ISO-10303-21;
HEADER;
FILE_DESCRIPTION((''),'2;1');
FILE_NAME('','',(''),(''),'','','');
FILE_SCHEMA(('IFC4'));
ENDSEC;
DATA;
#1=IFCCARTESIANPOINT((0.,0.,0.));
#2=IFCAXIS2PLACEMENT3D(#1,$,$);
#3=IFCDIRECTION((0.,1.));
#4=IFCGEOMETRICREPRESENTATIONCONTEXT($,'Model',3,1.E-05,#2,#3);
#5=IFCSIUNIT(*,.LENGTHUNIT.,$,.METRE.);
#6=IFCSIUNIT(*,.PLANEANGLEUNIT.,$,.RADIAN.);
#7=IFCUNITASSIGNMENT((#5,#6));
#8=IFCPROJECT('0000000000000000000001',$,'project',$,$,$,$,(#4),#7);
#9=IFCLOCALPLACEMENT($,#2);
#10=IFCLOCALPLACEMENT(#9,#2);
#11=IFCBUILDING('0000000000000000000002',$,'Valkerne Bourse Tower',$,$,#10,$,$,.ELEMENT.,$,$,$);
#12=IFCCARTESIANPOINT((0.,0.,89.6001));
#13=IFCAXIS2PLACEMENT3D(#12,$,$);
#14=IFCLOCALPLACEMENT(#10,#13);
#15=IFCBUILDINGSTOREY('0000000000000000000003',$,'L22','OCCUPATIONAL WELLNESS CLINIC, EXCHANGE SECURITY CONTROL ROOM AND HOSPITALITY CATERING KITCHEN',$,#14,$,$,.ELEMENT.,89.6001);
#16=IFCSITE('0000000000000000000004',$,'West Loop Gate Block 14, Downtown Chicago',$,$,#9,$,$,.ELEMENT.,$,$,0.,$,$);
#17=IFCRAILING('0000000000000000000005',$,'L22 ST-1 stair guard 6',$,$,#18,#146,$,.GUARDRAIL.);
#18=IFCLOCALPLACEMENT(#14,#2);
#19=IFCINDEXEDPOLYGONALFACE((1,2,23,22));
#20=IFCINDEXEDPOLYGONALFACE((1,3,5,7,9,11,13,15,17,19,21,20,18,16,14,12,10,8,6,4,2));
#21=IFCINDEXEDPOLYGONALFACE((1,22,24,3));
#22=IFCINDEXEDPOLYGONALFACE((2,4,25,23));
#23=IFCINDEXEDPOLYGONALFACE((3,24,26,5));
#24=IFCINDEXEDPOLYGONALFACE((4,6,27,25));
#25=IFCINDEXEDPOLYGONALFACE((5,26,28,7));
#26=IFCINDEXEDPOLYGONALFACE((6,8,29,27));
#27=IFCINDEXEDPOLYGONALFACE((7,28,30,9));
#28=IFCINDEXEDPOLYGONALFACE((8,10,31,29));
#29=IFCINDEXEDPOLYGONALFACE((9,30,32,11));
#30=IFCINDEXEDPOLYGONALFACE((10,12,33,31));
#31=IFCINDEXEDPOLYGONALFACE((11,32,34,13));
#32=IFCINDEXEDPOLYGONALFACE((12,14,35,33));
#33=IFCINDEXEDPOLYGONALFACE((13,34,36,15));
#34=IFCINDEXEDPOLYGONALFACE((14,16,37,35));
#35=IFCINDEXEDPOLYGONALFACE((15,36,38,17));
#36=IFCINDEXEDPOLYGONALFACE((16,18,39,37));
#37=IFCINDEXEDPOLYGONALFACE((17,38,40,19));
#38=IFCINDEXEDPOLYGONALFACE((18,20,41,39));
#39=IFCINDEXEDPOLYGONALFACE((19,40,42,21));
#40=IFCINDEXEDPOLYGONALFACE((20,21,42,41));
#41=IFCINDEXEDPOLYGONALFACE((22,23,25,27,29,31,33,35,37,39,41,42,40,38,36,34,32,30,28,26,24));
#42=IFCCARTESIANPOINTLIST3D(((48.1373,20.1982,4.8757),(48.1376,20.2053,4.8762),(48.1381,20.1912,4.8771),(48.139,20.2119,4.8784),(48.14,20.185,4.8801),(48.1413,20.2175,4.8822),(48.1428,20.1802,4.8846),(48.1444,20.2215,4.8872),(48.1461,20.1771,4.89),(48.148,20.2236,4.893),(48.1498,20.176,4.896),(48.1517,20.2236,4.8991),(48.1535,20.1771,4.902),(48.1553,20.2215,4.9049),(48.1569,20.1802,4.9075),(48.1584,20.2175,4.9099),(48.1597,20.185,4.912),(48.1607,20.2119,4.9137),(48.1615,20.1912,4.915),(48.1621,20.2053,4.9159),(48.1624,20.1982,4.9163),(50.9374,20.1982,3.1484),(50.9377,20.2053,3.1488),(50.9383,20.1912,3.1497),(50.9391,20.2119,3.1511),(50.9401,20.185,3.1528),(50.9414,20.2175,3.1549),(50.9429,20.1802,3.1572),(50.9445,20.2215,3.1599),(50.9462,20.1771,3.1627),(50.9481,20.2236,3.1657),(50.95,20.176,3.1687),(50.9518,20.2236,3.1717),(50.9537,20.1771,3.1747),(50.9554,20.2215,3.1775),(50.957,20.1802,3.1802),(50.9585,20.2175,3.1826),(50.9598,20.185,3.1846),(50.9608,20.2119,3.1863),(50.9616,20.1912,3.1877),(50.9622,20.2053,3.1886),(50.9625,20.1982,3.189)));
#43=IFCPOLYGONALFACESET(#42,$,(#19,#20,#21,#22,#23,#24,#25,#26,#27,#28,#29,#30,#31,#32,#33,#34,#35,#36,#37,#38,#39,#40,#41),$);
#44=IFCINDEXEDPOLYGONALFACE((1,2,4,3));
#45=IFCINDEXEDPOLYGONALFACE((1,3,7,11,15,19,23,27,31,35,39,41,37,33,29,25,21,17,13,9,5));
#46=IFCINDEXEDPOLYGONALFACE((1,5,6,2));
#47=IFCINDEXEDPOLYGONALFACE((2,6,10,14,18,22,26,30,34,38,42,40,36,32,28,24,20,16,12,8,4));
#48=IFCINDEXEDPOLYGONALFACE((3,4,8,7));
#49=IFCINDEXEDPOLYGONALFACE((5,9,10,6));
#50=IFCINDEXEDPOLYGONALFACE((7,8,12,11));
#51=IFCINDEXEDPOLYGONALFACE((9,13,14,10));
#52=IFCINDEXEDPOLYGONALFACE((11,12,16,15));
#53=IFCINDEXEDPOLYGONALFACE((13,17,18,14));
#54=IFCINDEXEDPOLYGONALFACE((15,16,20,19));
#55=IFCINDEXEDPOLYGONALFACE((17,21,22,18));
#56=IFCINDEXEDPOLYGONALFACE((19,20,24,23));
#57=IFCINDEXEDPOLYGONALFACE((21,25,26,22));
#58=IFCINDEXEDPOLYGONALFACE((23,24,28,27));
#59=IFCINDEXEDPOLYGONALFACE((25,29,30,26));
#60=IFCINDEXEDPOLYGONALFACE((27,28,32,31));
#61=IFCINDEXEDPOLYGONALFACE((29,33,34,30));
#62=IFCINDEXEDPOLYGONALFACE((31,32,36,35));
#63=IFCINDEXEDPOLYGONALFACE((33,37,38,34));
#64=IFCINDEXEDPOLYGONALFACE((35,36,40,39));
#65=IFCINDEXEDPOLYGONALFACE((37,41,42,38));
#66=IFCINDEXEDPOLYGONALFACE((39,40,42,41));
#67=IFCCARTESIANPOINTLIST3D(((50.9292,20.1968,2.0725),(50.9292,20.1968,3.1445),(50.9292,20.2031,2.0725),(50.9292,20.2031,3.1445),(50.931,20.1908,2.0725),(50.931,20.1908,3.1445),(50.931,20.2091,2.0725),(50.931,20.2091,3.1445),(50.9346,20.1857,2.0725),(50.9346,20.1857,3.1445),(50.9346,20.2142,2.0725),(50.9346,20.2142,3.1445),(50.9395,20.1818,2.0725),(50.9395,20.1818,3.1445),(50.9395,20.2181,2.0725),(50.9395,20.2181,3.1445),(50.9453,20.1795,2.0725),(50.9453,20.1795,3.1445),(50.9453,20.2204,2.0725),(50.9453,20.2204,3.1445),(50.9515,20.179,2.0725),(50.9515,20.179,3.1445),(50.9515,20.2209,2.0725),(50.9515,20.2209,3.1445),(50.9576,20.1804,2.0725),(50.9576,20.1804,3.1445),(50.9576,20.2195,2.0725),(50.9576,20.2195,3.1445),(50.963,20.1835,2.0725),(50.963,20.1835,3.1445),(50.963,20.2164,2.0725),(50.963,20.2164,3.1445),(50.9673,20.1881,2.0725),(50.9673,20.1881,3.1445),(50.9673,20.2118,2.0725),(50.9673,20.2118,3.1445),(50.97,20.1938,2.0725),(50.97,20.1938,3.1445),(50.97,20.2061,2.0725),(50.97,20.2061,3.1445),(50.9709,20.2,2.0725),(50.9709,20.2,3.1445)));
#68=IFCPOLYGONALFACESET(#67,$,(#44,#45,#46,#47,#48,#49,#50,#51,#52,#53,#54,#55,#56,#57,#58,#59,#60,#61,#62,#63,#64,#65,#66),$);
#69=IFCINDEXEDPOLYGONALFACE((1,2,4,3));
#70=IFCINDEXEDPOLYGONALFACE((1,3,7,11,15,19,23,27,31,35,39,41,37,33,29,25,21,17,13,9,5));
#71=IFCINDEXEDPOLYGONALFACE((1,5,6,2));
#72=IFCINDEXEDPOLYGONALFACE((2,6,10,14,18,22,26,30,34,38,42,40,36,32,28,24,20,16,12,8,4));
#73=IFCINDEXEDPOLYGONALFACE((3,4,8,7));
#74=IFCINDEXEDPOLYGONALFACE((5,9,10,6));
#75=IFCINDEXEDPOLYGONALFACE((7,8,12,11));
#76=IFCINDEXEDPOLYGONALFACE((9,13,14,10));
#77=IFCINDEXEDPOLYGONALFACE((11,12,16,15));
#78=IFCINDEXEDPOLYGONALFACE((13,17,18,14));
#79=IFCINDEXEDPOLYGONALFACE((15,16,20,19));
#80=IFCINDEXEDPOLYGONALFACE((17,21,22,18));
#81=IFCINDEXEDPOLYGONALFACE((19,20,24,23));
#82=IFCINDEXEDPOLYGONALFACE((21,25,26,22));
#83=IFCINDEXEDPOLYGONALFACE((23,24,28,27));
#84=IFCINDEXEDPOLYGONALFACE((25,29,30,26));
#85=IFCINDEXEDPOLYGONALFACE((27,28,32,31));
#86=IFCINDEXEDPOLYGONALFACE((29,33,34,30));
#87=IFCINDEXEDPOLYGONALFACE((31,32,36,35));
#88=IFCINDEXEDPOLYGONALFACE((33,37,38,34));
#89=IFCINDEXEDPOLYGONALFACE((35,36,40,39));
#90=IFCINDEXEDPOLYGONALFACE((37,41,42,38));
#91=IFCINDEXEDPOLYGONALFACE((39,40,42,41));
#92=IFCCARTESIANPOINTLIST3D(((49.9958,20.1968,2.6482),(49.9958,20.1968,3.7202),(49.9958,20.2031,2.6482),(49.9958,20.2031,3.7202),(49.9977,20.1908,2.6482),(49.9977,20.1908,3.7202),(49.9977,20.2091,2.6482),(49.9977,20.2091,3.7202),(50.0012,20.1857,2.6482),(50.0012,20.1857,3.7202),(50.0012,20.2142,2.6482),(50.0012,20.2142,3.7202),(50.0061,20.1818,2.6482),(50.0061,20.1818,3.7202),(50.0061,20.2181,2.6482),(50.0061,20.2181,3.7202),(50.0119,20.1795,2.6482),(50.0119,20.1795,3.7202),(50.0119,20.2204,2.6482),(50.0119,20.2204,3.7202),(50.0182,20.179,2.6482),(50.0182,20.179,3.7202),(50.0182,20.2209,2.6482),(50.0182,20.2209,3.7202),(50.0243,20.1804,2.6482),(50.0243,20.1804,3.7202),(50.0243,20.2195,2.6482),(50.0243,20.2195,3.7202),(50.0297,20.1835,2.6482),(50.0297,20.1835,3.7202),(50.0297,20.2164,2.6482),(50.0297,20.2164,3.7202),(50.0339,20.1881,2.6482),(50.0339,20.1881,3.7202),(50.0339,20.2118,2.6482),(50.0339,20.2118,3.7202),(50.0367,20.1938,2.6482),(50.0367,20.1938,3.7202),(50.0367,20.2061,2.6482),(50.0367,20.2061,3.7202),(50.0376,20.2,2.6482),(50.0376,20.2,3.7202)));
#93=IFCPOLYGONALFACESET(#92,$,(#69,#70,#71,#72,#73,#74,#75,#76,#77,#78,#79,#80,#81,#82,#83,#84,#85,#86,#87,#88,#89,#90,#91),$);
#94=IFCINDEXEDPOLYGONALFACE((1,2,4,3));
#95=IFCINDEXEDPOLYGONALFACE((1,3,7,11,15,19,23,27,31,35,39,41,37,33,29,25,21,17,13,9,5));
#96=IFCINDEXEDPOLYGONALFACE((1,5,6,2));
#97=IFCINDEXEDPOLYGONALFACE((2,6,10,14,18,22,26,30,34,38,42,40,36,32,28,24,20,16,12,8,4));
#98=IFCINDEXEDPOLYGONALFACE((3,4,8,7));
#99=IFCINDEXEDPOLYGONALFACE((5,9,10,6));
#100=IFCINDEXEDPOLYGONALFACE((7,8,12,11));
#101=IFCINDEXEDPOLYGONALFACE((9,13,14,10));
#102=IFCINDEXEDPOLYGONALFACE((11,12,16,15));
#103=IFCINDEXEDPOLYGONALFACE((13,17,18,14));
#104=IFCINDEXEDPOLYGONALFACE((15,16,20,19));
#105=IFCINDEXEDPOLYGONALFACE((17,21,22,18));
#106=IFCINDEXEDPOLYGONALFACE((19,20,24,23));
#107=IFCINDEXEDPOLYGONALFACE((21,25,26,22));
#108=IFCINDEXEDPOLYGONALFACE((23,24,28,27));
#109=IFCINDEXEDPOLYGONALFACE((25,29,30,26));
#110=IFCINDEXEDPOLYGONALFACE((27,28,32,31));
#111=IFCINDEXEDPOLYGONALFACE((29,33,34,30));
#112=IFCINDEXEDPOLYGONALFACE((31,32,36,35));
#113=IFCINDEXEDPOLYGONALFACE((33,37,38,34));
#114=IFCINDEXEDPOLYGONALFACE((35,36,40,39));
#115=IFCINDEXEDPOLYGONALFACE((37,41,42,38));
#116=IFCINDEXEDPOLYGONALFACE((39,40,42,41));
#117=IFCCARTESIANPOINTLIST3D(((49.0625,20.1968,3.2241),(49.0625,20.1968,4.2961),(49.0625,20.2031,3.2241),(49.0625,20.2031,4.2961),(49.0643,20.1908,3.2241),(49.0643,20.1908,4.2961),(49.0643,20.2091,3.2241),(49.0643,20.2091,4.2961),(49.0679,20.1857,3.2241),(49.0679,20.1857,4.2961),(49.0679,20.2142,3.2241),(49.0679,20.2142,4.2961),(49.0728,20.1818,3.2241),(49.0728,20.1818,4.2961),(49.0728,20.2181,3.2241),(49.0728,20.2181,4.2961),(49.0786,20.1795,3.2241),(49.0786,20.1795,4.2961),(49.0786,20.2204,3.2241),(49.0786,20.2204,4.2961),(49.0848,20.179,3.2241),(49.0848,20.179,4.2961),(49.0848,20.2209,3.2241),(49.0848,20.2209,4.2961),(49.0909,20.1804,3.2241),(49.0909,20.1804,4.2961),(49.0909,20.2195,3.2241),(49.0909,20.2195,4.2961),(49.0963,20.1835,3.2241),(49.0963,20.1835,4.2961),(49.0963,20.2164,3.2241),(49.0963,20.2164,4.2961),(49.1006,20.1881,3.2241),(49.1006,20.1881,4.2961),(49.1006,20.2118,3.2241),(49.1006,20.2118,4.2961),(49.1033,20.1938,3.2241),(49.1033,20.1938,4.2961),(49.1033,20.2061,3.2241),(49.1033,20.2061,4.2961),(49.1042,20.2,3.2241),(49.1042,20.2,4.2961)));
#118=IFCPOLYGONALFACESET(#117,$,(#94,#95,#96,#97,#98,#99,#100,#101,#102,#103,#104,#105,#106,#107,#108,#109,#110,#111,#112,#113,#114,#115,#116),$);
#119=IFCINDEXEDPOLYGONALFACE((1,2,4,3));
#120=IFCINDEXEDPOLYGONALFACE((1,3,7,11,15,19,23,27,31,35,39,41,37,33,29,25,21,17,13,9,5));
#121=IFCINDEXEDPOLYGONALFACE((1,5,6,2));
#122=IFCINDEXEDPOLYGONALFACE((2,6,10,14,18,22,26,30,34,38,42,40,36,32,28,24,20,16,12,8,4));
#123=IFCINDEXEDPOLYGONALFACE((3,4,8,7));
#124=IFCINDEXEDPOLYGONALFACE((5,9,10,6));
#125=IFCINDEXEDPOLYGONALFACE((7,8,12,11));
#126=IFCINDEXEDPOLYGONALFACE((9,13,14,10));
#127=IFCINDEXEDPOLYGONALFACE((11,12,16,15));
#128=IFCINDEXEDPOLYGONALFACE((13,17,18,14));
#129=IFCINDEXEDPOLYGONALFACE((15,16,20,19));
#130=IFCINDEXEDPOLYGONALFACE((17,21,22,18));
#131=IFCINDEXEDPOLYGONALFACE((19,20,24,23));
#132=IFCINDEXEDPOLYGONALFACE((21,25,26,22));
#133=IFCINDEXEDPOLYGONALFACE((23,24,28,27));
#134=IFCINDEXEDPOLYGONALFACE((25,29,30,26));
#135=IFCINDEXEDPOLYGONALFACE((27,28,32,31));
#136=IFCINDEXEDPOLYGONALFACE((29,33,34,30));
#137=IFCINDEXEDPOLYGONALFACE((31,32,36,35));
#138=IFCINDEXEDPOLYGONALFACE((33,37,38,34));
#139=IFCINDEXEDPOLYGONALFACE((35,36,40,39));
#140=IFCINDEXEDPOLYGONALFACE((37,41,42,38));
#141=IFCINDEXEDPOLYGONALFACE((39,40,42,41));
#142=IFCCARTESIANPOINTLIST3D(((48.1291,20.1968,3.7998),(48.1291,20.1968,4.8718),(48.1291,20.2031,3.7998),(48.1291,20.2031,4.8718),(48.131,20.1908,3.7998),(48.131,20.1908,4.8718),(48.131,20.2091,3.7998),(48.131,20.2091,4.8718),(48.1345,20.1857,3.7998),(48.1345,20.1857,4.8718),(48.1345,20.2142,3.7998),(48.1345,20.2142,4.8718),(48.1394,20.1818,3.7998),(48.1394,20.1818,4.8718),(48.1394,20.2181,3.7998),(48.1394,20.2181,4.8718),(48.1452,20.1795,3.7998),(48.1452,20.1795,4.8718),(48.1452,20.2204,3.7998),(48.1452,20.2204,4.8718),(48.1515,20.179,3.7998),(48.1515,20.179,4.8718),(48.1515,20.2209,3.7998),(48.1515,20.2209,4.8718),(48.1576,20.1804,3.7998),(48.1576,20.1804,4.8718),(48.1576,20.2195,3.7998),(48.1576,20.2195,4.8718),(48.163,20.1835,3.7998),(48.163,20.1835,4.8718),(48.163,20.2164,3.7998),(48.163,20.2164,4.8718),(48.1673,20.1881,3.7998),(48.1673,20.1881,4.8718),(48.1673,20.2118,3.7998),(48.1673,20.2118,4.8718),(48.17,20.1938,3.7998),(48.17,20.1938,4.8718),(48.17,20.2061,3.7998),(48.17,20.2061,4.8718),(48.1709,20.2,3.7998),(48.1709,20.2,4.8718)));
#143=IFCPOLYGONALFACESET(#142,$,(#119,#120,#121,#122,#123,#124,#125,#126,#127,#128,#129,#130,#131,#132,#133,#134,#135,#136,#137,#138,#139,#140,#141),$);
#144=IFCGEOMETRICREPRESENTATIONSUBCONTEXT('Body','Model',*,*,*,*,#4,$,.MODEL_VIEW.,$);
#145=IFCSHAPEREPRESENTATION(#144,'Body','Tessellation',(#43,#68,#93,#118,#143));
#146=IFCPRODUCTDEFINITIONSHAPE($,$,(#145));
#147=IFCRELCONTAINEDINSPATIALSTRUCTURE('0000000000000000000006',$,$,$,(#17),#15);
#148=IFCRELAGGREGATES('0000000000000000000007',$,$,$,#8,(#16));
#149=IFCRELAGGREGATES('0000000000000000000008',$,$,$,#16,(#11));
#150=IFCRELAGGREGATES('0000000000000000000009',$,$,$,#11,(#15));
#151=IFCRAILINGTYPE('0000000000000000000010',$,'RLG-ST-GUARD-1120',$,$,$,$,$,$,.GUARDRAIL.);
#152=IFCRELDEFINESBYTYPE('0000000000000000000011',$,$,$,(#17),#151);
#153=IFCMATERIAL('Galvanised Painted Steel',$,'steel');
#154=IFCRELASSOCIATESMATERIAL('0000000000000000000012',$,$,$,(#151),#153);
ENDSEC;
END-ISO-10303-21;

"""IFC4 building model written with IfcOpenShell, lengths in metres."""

from ifc_helpers import new_model, si_unit, direction, frame, origin, origin_2d, place, context, subcontext, project, spatial, circle, extrude, material, type_object, element, save


model = new_model("IFC4")

# Units and contexts
model_context = context("Model", 3, precision=1e-05, world=origin(), true_north=direction((0.0, 1.0)))
body_context = subcontext(model_context, "Body", "Model", "MODEL_VIEW")
ifc_project = project(units=[si_unit("LENGTHUNIT", "METRE"), si_unit("PLANEANGLEUNIT", "RADIAN")], contexts=[model_context])

# Site, building, storey
site_placement = place(None, origin())
site = spatial("IfcSite", under=ifc_project, at=site_placement, Name="West Loop Gate Block 14, Downtown Chicago", CompositionType="ELEMENT", RefElevation=0.0)
building_placement = place(site_placement, origin())
building = spatial("IfcBuilding", under=site, at=building_placement, Name="Valkerne Bourse Tower", CompositionType="ELEMENT")
storey_placement = place(building_placement, frame((0.0, 0.0, 89.6001)))
storey = spatial("IfcBuildingStorey", under=building, at=storey_placement, Name="L22", Description="OCCUPATIONAL WELLNESS CLINIC, EXCHANGE SECURITY CONTROL ROOM AND HOSPITALITY CATERING KITCHEN", CompositionType="ELEMENT", Elevation=89.6001)

# Shared definitions
ifc_material_1 = material(Name="Galvanised Painted Steel", Category="steel")

# Railing
railing_type_1 = type_object("IfcRailingType", Name="RLG-ST-GUARD-1120", PredefinedType="GUARDRAIL", material=ifc_material_1)
railing_1_placement = place(storey_placement, frame((50.95, 20.2, 2.0725)))
element("IfcRailing", 1, at=railing_1_placement, inside=storey, type_object=railing_type_1, Name="L22 ST-1 stair guard 6", PredefinedType="GUARDRAIL", context=body_context, shape_type="SweptSolid", body=[
    extrude(circle(Radius=0.0239, at=origin_2d()), frame((0.0, 0.0, 1.0962), z_axis=(-0.85109, 0.0, 0.52502), x_axis=(0.0, -1.0, 0.0)), (0.0, 0.0, 1.0), 3.29),
    extrude(circle(Radius=0.021, at=origin_2d()), origin(), (0.0, 0.0, 1.0), 1.072),
    extrude(circle(Radius=0.021, at=origin_2d()), frame((-0.9333, 0.0, 0.5757)), (0.0, 0.0, 1.0), 1.072),
    extrude(circle(Radius=0.021, at=origin_2d()), frame((-1.8667, 0.0, 1.1516)), (0.0, 0.0, 1.0), 1.072),
    extrude(circle(Radius=0.021, at=origin_2d()), frame((-2.8, 0.0, 1.7273)), (0.0, 0.0, 1.0), 1.072),
])

save(model, "model.ifc")
